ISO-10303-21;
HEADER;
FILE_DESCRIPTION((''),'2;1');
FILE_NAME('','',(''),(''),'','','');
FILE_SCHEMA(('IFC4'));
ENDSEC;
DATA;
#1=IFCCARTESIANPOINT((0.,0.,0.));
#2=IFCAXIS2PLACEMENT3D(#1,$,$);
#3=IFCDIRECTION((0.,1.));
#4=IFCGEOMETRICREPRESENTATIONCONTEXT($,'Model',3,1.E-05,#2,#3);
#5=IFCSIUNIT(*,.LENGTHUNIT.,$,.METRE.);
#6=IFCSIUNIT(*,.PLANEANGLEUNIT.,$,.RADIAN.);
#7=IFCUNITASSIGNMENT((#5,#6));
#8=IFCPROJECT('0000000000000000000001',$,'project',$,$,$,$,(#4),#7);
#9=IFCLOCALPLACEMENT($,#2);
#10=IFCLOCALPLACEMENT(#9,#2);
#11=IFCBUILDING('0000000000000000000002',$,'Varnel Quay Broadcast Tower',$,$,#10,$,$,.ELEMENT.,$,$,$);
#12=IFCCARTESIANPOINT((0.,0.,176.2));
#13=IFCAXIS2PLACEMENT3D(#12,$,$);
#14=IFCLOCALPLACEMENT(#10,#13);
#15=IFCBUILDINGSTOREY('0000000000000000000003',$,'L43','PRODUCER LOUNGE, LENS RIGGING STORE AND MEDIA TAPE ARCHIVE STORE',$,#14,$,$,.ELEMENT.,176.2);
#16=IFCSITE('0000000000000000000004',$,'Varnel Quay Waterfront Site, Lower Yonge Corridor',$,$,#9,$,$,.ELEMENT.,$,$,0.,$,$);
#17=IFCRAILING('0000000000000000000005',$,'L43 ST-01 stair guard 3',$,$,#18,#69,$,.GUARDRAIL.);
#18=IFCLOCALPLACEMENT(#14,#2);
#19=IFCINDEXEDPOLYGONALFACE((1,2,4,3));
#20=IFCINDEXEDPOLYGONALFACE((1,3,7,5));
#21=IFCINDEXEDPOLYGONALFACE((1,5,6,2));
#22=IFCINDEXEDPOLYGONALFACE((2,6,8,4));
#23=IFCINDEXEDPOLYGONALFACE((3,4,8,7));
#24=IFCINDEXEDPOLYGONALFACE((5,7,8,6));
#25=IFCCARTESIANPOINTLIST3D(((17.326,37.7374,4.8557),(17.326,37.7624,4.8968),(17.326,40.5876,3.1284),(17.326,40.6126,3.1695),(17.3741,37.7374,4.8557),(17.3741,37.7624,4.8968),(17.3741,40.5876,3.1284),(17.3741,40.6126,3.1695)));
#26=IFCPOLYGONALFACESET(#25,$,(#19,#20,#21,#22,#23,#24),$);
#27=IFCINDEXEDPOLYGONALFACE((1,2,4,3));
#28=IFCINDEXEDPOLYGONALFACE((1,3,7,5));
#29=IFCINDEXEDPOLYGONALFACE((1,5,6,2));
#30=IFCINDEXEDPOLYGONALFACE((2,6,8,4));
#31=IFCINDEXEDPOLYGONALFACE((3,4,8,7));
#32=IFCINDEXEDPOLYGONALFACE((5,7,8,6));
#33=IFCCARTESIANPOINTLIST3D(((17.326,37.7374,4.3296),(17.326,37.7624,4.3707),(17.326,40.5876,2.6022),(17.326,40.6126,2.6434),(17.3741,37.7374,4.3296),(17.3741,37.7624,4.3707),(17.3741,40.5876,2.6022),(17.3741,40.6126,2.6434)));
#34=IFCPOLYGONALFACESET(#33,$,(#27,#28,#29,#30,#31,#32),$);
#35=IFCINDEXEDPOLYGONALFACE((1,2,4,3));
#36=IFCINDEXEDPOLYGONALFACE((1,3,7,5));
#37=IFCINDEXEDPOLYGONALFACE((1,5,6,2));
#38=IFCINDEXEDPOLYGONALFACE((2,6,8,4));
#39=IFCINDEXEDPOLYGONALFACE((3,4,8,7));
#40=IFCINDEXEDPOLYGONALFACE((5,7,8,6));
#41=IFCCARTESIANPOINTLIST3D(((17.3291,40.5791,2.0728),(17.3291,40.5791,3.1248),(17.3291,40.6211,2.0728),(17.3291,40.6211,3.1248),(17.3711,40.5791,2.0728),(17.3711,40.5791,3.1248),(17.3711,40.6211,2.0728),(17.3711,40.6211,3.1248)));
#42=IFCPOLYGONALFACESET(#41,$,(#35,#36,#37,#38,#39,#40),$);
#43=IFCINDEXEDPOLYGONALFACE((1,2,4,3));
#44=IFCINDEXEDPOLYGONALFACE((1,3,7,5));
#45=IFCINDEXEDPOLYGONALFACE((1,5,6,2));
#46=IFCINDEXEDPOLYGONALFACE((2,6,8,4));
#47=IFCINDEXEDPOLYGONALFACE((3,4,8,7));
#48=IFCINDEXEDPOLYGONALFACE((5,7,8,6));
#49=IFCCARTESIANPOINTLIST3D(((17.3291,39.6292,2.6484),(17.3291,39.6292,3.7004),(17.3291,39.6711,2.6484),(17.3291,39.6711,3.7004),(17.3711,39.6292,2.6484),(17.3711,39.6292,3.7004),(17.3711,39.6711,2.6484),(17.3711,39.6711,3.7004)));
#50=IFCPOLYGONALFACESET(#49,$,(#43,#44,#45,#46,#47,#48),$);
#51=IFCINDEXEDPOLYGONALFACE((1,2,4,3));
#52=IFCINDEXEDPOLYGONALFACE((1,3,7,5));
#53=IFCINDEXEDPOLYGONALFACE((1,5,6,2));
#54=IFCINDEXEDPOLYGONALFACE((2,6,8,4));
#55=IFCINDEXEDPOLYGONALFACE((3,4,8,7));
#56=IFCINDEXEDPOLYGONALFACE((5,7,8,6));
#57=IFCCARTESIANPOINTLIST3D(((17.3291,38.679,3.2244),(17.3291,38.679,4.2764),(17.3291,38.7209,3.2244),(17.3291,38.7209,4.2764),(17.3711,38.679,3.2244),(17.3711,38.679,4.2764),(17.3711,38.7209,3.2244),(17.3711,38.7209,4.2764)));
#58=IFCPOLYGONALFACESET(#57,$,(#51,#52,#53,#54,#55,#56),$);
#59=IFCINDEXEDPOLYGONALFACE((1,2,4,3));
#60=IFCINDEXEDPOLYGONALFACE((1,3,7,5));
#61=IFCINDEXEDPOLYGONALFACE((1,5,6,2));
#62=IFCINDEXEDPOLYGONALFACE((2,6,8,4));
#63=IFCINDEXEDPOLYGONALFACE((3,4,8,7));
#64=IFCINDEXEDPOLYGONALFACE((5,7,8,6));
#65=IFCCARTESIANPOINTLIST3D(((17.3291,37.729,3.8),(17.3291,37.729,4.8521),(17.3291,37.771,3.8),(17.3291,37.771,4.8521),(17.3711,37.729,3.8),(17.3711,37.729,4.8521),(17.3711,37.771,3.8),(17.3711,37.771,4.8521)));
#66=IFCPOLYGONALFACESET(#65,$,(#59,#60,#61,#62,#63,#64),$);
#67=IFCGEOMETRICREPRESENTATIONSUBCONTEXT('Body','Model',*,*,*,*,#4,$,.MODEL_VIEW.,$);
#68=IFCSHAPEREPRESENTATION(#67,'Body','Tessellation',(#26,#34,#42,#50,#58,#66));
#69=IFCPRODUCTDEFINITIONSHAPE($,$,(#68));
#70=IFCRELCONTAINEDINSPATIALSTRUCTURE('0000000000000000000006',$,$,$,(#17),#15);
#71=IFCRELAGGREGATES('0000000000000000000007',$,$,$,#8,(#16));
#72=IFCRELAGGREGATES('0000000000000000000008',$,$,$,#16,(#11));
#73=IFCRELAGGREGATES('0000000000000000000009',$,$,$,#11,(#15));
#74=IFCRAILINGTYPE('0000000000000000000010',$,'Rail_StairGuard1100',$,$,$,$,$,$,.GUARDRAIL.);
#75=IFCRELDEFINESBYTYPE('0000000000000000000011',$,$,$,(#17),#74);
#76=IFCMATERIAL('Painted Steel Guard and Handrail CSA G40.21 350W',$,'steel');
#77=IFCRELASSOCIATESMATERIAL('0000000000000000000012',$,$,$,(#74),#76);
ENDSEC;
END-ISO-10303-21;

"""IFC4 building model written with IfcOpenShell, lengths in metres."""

from ifc_helpers import new_model, si_unit, direction, frame, origin, origin_2d, place, context, subcontext, project, spatial, rectangle, extrude, material, type_object, element, save


model = new_model("IFC4")

# Units and contexts
model_context = context("Model", 3, precision=1e-05, world=origin(), true_north=direction((0.0, 1.0)))
body_context = subcontext(model_context, "Body", "Model", "MODEL_VIEW")
ifc_project = project(units=[si_unit("LENGTHUNIT", "METRE"), si_unit("PLANEANGLEUNIT", "RADIAN")], contexts=[model_context])

# Site, building, storey
site_placement = place(None, origin())
site = spatial("IfcSite", under=ifc_project, at=site_placement, Name="Varnel Quay Waterfront Site, Lower Yonge Corridor", CompositionType="ELEMENT", RefElevation=0.0)
building_placement = place(site_placement, origin())
building = spatial("IfcBuilding", under=site, at=building_placement, Name="Varnel Quay Broadcast Tower", CompositionType="ELEMENT")
storey_placement = place(building_placement, frame((0.0, 0.0, 176.2)))
storey = spatial("IfcBuildingStorey", under=building, at=storey_placement, Name="L43", Description="PRODUCER LOUNGE, LENS RIGGING STORE AND MEDIA TAPE ARCHIVE STORE", CompositionType="ELEMENT", Elevation=176.2)

# Railing
ifc_material_1 = material(Name="Painted Steel Guard and Handrail CSA G40.21 350W", Category="steel")
railing_type = type_object("IfcRailingType", Name="Rail_StairGuard1100", PredefinedType="GUARDRAIL", material=ifc_material_1)
railing_1_placement = place(storey_placement, frame((17.3501, 40.6001, 2.0728)))
element("IfcRailing", 1, at=railing_1_placement, inside=storey, type_object=railing_type, Name="L43 ST-01 stair guard 3", PredefinedType="GUARDRAIL", context=body_context, shape_type="SweptSolid", body=[
    extrude(rectangle(XDim=0.0481, YDim=0.0481, at=origin_2d()), frame((0.0, 0.0, 1.0762), z_axis=(0.0, -0.855203, 0.518294), x_axis=(1.0, 0.0, 0.0)), (0.0, 0.0, 1.0), 3.3328),
    extrude(rectangle(XDim=0.0481, YDim=0.0481, at=origin_2d()), frame((0.0, 0.0, 0.55), z_axis=(0.0, -0.855203, 0.518294), x_axis=(1.0, 0.0, 0.0)), (0.0, 0.0, 1.0), 3.3328),
    extrude(rectangle(XDim=0.042, YDim=0.042, at=origin_2d()), origin(), (0.0, 0.0, 1.0), 1.052),
    extrude(rectangle(XDim=0.042, YDim=0.042, at=origin_2d()), frame((0.0, -0.95, 0.5757)), (0.0, 0.0, 1.0), 1.052),
    extrude(rectangle(XDim=0.042, YDim=0.042, at=origin_2d()), frame((0.0, -1.9001, 1.1516)), (0.0, 0.0, 1.0), 1.052),
    extrude(rectangle(XDim=0.042, YDim=0.042, at=origin_2d()), frame((0.0, -2.8501, 1.7273)), (0.0, 0.0, 1.0), 1.052),
])

save(model, "model.ifc")
